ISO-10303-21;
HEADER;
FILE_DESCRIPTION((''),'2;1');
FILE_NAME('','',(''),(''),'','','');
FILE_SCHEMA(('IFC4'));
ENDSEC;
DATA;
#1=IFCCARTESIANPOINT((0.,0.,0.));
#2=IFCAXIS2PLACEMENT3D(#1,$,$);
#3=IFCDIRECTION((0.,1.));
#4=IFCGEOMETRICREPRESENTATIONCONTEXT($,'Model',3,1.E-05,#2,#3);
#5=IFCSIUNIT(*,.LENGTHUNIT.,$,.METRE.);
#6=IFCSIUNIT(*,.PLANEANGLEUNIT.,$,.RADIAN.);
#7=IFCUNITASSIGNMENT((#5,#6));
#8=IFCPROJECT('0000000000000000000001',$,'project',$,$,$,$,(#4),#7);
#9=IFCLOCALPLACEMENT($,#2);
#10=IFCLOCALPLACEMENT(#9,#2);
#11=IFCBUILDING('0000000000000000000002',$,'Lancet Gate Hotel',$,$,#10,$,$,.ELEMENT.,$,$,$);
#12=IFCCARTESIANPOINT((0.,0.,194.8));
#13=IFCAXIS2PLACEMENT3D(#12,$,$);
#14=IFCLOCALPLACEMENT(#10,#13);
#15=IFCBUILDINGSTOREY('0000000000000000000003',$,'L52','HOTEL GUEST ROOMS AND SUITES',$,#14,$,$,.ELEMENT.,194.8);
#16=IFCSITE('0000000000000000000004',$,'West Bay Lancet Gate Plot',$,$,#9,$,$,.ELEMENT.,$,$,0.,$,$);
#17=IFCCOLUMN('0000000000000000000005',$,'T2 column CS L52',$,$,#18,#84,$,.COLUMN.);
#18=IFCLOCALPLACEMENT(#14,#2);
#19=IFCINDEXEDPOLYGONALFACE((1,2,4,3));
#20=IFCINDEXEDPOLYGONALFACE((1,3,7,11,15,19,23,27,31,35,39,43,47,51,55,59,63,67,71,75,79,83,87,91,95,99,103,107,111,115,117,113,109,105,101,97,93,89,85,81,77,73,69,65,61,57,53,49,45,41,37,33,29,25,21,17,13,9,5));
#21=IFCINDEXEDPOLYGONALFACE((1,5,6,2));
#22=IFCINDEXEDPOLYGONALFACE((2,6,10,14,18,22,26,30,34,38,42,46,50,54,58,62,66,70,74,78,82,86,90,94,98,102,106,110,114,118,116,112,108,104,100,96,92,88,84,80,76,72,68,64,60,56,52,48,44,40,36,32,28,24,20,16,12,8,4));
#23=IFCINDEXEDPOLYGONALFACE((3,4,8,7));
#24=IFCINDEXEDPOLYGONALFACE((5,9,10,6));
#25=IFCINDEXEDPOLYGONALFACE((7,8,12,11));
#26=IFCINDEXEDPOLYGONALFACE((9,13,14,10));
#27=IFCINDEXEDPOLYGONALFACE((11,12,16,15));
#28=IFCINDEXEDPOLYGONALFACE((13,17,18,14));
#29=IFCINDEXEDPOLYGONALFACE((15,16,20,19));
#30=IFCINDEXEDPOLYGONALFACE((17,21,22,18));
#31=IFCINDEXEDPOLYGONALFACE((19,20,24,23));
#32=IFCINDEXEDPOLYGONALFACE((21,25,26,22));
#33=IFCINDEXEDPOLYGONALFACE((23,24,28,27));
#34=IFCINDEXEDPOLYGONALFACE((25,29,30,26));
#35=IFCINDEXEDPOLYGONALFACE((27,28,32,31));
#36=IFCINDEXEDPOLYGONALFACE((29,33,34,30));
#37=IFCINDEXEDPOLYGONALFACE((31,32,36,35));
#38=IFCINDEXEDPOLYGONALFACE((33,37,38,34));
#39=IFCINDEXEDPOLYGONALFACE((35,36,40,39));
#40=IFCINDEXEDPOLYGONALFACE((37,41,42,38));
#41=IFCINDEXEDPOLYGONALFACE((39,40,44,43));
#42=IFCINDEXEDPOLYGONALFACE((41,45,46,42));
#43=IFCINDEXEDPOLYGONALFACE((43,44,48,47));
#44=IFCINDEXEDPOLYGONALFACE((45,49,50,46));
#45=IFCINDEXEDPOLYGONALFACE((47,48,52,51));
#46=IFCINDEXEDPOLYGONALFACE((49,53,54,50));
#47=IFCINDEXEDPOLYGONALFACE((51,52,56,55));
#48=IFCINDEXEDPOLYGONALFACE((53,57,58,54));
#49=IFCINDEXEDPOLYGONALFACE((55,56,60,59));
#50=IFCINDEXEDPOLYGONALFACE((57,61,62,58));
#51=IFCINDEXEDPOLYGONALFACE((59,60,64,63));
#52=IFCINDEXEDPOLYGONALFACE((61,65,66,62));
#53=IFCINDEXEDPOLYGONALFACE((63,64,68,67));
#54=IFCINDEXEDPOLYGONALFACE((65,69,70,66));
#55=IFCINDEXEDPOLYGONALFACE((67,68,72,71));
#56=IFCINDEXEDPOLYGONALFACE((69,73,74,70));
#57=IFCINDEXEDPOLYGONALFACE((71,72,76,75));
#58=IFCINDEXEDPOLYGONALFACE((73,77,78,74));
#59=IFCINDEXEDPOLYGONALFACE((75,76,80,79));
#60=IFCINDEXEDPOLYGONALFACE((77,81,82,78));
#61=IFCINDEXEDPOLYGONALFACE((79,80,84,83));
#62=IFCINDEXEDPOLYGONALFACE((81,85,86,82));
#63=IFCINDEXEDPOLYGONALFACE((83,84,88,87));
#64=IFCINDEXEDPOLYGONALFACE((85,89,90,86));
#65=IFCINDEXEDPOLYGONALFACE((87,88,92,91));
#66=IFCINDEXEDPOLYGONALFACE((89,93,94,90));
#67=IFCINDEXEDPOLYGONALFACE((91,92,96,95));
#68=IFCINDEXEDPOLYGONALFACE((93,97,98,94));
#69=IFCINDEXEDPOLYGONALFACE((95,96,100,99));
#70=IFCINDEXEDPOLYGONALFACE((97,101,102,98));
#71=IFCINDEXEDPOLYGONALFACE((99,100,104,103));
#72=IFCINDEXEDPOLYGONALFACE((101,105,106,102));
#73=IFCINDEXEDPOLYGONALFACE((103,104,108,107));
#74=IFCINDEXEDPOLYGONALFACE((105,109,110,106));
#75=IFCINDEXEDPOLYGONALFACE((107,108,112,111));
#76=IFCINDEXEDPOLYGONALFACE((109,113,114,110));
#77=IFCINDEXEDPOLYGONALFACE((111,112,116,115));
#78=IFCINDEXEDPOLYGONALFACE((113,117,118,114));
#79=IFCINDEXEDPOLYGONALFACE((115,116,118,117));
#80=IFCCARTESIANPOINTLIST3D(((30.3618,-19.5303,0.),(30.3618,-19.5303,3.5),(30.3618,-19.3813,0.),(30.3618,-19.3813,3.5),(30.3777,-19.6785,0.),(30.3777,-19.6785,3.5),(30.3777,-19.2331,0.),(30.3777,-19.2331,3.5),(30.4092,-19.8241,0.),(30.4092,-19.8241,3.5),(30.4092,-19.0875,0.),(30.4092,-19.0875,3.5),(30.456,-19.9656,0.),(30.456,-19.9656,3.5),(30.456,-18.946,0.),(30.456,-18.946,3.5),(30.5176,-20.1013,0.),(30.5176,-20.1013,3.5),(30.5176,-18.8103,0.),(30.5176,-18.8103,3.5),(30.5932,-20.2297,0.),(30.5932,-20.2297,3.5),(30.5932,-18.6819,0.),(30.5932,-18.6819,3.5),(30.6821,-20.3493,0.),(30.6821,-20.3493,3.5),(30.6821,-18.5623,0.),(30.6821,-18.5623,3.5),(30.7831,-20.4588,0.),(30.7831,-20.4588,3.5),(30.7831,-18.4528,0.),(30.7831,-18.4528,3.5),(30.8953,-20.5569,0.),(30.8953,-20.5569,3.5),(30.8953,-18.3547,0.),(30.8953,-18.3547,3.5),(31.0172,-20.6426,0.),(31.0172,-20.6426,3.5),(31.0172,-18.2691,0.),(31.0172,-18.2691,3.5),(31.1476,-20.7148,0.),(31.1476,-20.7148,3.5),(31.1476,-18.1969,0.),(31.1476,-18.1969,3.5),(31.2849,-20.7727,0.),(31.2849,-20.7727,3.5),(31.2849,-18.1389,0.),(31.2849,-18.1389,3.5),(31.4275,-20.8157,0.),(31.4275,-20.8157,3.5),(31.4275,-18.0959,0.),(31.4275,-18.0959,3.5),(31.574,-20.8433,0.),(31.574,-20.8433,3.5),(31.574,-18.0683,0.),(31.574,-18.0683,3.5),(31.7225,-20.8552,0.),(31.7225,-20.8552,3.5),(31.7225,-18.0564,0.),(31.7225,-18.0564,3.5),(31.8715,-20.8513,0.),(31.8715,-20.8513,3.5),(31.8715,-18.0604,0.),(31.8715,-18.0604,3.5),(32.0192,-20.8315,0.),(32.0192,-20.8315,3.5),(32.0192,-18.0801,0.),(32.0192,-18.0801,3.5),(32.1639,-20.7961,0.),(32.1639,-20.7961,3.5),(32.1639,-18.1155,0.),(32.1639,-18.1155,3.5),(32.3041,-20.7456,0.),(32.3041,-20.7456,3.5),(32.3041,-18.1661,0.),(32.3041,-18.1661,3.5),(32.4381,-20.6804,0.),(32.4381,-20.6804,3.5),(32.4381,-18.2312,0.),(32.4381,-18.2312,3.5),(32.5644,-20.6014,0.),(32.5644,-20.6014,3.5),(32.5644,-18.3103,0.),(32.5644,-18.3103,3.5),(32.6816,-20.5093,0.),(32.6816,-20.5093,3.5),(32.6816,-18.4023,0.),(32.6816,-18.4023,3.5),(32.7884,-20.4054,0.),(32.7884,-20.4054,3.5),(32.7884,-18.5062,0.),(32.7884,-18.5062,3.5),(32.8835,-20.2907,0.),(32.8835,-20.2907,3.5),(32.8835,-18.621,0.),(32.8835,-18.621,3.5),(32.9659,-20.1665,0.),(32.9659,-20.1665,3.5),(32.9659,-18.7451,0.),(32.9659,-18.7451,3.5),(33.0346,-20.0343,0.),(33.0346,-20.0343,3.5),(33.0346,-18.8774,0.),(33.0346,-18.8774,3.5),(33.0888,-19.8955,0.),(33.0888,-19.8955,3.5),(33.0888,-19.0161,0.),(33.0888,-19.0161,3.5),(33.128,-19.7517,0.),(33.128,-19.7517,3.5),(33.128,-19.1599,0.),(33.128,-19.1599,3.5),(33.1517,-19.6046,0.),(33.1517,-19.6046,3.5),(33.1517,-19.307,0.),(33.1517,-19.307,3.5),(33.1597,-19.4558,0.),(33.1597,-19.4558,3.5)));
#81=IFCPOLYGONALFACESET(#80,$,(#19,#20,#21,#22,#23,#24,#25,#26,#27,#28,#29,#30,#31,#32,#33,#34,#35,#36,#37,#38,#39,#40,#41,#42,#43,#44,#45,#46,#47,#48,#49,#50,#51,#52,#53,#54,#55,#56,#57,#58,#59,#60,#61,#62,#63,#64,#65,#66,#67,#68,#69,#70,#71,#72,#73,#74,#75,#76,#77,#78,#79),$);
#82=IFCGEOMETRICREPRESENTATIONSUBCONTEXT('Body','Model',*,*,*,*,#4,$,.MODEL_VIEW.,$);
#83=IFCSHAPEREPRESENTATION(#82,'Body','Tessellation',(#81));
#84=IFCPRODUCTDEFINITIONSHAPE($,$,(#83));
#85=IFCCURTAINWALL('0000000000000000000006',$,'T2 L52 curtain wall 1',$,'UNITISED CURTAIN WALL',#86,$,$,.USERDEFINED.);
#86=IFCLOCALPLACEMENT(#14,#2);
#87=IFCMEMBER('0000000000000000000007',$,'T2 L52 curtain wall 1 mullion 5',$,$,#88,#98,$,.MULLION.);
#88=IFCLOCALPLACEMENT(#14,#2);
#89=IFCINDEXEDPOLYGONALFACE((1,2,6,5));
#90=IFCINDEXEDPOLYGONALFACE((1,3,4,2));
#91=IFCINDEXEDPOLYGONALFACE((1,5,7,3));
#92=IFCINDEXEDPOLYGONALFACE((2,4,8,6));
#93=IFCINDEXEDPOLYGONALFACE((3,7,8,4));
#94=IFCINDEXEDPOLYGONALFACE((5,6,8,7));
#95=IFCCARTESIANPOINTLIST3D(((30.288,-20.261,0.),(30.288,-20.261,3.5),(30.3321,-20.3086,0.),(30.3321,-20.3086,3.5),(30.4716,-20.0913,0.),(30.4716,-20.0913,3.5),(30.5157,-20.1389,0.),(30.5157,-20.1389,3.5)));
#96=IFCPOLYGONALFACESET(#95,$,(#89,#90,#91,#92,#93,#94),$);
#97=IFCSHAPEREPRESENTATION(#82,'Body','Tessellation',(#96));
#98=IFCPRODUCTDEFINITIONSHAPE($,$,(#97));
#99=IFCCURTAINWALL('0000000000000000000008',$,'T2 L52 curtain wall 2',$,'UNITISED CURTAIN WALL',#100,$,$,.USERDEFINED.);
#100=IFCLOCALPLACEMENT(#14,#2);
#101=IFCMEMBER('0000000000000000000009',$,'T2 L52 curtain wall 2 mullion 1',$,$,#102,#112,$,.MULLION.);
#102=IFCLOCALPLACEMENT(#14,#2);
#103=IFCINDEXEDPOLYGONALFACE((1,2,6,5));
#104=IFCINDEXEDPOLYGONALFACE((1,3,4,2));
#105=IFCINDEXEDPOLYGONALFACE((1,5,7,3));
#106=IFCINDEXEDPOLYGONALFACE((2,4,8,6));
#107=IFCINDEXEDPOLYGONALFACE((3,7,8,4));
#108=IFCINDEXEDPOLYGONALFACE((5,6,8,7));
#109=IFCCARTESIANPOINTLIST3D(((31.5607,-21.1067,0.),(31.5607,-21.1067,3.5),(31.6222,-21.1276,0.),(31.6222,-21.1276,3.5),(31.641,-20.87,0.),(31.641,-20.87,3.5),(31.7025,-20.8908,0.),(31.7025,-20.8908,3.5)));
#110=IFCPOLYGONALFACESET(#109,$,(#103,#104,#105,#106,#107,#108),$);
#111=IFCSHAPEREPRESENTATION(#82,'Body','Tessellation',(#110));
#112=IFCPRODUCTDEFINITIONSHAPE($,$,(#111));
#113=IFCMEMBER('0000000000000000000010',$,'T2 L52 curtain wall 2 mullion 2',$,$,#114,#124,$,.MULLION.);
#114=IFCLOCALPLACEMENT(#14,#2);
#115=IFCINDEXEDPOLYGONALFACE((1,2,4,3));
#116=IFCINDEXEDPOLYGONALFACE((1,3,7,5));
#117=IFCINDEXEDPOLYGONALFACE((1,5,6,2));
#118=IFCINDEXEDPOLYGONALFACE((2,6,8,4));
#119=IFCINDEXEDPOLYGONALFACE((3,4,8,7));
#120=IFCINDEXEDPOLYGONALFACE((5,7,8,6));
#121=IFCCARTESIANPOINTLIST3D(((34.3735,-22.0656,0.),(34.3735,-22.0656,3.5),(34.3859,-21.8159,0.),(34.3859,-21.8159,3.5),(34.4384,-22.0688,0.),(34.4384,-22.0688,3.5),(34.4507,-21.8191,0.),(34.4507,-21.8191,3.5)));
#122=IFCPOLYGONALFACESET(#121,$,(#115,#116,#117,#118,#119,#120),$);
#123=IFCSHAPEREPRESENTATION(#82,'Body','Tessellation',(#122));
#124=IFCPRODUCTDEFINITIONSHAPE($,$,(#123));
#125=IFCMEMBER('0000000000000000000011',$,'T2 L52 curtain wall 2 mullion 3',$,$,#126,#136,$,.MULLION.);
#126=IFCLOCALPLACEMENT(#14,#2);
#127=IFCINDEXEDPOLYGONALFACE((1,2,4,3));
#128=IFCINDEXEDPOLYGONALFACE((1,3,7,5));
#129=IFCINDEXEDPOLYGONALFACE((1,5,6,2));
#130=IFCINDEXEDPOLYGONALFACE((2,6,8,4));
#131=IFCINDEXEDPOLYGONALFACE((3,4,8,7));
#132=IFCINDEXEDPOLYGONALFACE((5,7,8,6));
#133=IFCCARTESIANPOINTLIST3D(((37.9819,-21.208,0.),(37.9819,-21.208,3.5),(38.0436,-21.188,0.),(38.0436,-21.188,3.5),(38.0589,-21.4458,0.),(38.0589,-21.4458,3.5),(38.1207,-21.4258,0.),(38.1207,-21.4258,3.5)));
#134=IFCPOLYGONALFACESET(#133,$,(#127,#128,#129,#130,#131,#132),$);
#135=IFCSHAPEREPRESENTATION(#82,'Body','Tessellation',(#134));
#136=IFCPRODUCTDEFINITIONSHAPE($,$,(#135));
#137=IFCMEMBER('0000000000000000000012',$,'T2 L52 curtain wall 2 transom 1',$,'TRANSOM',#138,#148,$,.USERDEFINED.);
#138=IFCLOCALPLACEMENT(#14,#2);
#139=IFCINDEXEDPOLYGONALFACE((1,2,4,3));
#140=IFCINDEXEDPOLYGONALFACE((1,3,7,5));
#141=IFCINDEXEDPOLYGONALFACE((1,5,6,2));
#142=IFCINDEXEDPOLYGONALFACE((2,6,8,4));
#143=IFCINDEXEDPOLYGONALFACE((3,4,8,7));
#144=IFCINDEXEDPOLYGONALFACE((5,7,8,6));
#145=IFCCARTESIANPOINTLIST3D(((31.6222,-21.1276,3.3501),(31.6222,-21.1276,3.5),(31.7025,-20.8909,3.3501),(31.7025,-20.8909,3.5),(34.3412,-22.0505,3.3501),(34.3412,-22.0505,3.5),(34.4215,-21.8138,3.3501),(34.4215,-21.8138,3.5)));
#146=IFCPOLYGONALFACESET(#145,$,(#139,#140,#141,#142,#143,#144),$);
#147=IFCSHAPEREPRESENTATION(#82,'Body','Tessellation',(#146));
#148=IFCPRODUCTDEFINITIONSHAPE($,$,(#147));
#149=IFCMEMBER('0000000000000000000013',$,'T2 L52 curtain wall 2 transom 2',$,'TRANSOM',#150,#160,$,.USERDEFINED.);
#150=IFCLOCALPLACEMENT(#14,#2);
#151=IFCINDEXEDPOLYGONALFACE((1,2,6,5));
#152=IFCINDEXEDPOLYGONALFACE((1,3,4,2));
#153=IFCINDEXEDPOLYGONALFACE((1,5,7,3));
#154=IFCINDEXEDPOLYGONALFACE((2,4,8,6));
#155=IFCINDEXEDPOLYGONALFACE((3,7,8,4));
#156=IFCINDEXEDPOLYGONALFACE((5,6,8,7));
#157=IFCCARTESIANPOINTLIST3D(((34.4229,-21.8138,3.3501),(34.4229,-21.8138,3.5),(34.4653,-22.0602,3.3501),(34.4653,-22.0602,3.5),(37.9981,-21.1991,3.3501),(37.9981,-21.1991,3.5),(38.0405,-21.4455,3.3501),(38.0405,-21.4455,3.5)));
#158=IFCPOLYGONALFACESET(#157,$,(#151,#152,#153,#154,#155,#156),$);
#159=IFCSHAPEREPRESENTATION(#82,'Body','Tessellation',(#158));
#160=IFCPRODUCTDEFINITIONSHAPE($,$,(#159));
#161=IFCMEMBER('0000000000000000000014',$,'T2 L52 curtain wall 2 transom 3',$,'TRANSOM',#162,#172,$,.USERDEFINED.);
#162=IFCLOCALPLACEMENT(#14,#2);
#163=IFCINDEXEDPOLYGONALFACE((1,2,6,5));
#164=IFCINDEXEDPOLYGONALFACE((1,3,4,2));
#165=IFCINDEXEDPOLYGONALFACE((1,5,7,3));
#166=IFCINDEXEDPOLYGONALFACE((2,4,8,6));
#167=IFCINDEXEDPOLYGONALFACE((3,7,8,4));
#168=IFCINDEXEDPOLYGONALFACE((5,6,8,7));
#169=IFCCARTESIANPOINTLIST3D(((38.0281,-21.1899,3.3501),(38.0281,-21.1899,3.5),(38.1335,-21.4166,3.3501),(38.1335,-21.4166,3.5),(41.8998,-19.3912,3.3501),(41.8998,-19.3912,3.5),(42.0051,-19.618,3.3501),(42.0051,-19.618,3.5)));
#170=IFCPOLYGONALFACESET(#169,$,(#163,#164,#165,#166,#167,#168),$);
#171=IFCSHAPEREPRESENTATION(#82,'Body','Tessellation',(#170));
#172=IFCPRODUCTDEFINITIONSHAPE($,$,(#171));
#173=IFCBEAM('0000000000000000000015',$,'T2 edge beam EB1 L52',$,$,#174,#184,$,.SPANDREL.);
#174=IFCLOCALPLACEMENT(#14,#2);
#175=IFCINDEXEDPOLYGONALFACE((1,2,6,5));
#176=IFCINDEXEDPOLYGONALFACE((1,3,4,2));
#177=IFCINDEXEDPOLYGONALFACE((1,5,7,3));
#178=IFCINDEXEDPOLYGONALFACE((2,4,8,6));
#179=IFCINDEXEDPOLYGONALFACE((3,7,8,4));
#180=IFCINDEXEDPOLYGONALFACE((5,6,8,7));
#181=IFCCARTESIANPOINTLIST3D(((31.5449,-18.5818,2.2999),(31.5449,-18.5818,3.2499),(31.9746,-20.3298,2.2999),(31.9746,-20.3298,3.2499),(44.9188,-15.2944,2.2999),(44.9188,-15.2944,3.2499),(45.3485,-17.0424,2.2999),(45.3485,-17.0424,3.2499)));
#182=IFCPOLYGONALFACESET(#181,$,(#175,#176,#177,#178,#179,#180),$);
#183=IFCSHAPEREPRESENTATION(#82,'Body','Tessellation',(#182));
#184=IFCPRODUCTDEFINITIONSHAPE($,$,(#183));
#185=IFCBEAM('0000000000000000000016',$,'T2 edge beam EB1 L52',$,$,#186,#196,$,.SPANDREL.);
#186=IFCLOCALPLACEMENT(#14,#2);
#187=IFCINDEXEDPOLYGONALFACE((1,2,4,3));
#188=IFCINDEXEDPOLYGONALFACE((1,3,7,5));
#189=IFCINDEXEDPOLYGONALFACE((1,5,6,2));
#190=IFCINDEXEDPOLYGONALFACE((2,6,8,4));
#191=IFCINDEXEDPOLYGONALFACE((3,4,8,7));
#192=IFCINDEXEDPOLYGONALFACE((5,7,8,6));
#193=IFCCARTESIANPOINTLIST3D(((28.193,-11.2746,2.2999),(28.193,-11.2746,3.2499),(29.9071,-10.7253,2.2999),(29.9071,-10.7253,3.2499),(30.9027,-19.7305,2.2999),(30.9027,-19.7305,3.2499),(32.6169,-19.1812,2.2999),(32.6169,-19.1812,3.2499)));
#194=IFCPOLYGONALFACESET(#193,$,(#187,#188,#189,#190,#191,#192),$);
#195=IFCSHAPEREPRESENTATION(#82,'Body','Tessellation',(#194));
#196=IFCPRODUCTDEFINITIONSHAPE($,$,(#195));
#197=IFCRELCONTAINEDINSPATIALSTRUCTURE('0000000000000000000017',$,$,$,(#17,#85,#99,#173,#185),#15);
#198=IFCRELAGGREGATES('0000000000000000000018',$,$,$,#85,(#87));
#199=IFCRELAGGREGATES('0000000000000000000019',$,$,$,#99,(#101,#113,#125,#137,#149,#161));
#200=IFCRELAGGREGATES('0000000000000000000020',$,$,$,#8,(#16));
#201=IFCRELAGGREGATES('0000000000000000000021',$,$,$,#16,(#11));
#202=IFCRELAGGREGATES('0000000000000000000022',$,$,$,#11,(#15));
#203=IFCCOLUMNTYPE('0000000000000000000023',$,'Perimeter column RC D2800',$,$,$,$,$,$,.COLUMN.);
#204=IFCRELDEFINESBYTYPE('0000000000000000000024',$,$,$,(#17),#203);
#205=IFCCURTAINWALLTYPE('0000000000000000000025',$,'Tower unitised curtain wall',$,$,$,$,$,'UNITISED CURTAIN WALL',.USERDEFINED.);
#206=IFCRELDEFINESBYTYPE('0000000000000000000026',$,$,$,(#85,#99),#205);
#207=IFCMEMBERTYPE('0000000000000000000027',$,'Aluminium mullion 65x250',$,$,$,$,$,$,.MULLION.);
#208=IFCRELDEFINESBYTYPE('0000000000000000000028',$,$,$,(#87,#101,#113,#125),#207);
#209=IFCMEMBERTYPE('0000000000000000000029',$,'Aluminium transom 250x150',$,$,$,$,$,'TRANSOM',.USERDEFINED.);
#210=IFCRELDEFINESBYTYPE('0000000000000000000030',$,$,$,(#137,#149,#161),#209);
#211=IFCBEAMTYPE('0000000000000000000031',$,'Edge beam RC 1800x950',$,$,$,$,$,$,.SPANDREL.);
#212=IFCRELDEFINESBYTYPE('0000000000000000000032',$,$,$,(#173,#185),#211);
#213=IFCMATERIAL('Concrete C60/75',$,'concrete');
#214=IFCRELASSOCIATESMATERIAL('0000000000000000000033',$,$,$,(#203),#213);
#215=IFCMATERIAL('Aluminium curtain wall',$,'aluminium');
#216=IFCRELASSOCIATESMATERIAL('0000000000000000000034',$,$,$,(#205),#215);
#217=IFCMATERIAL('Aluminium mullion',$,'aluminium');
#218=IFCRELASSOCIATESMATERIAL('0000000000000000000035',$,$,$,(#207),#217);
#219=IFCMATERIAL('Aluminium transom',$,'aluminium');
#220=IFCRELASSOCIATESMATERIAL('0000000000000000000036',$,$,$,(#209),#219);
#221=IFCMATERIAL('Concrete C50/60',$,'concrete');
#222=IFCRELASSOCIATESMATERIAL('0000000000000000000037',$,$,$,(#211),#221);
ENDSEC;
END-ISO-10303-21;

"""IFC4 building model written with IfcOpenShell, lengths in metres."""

from ifc_helpers import new_model, si_unit, direction, frame, origin, origin_2d, place, context, subcontext, project, spatial, rectangle, circle, extrude, material, material_profile, profile_set, type_object, element, aggregate, save


model = new_model("IFC4")

# Units and contexts
model_context = context("Model", 3, precision=1e-05, world=origin(), true_north=direction((0.0, 1.0)))
body_context = subcontext(model_context, "Body", "Model", "MODEL_VIEW")
ifc_project = project(units=[si_unit("LENGTHUNIT", "METRE"), si_unit("PLANEANGLEUNIT", "RADIAN")], contexts=[model_context])

# Site, building, storey
site_placement = place(None, origin())
site = spatial("IfcSite", under=ifc_project, at=site_placement, Name="West Bay Lancet Gate Plot", CompositionType="ELEMENT", RefElevation=0.0)
building_placement = place(site_placement, origin())
building = spatial("IfcBuilding", under=site, at=building_placement, Name="Lancet Gate Hotel", CompositionType="ELEMENT")
storey_placement = place(building_placement, frame((0.0, 0.0, 194.8)))
storey = spatial("IfcBuildingStorey", under=building, at=storey_placement, Name="L52", Description="HOTEL GUEST ROOMS AND SUITES", CompositionType="ELEMENT", Elevation=194.8)

# Column
ifc_material_1 = material(Name="Concrete C60/75", Category="concrete")
ifc_material_profile_1 = material_profile(ifc_material_1, circle(Radius=1.3999, at=origin_2d()), Name="RC D2800")
ifc_profile_set_1 = profile_set([ifc_material_profile_1], Name="Concrete C60/75")
column_type = type_object("IfcColumnType", Name="Perimeter column RC D2800", PredefinedType="COLUMN", material=ifc_profile_set_1)
column_placement = place(storey_placement, frame((31.7598, -19.4558, 0.0), z_axis=(0.0, 0.0, 1.0), x_axis=(1.0, 0.0, 0.0)))
element("IfcColumn", 1, at=column_placement, inside=storey, type_object=column_type, Name="T2 column CS L52", PredefinedType="COLUMN", context=body_context, shape_type="SweptSolid", body=[
    extrude(circle(Radius=1.3999, at=origin_2d()), origin(), (0.0, 0.0, 1.0), 3.5),
])

# Curtain wall, member
ifc_material_2 = material(Name="Aluminium curtain wall", Category="aluminium")
curtain_wall_type = type_object("IfcCurtainWallType", Name="Tower unitised curtain wall", ElementType="UNITISED CURTAIN WALL", PredefinedType="USERDEFINED", material=ifc_material_2)
curtain_wall_1_placement = place(storey_placement, origin())
curtain_wall_1 = element("IfcCurtainWall", 2, at=curtain_wall_1_placement, inside=storey, type_object=curtain_wall_type, Name="T2 L52 curtain wall 1", ObjectType="UNITISED CURTAIN WALL", PredefinedType="USERDEFINED")
ifc_material_3 = material(Name="Aluminium mullion", Category="aluminium")
ifc_material_profile_2 = material_profile(ifc_material_3, rectangle(XDim=0.0649, YDim=0.25, at=origin_2d()), Name="MULLION 65x250")
ifc_profile_set_2 = profile_set([ifc_material_profile_2], Name="Aluminium mullion")
member_type_1 = type_object("IfcMemberType", Name="Aluminium mullion 65x250", PredefinedType="MULLION", material=ifc_profile_set_2)
member_1_placement = place(storey_placement, frame((30.4019, -20.2, 0.0), z_axis=(0.0, 0.0, 1.0), x_axis=(0.678831, -0.734294, 0.0)))
member_1 = element("IfcMember", 3, at=member_1_placement, type_object=member_type_1, Name="T2 L52 curtain wall 1 mullion 5", PredefinedType="MULLION", context=body_context, shape_type="SweptSolid", body=[
    extrude(rectangle(XDim=0.0649, YDim=0.25, at=origin_2d()), origin(), (0.0, 0.0, 1.0), 3.5),
])
aggregate(curtain_wall_1, [member_1])

# Curtain wall, members
curtain_wall_2_placement = place(storey_placement, origin())
curtain_wall_2 = element("IfcCurtainWall", 4, at=curtain_wall_2_placement, inside=storey, type_object=curtain_wall_type, Name="T2 L52 curtain wall 2", ObjectType="UNITISED CURTAIN WALL", PredefinedType="USERDEFINED")
member_2_placement = place(storey_placement, frame((31.6316, -20.9988, 0.0), z_axis=(0.0, 0.0, 1.0), x_axis=(0.946952, -0.321374, 0.0)))
member_2 = element("IfcMember", 5, at=member_2_placement, type_object=member_type_1, Name="T2 L52 curtain wall 2 mullion 1", PredefinedType="MULLION", context=body_context, shape_type="SweptSolid", body=[
    extrude(rectangle(XDim=0.0649, YDim=0.25, at=origin_2d()), origin(), (0.0, 0.0, 1.0), 3.5),
])
member_3_placement = place(storey_placement, frame((34.4121, -21.9424, 0.0), z_axis=(0.0, 0.0, 1.0), x_axis=(0.998776, -0.049471, 0.0)))
member_3 = element("IfcMember", 6, at=member_3_placement, type_object=member_type_1, Name="T2 L52 curtain wall 2 mullion 2", PredefinedType="MULLION", context=body_context, shape_type="SweptSolid", body=[
    extrude(rectangle(XDim=0.0649, YDim=0.25, at=origin_2d()), origin(), (0.0, 0.0, 1.0), 3.5),
])
member_4_placement = place(storey_placement, frame((38.0513, -21.3169, 0.0), z_axis=(0.0, 0.0, 1.0), x_axis=(0.951355, 0.308095, 0.0)))
member_4 = element("IfcMember", 7, at=member_4_placement, type_object=member_type_1, Name="T2 L52 curtain wall 2 mullion 3", PredefinedType="MULLION", context=body_context, shape_type="SweptSolid", body=[
    extrude(rectangle(XDim=0.0649, YDim=0.25, at=origin_2d()), origin(), (0.0, 0.0, 1.0), 3.5),
])
ifc_material_4 = material(Name="Aluminium transom", Category="aluminium")
ifc_material_profile_3 = material_profile(ifc_material_4, rectangle(XDim=0.25, YDim=0.1499, at=origin_2d()), Name="TRANSOM 250x150")
ifc_profile_set_3 = profile_set([ifc_material_profile_3], Name="Aluminium transom")
member_type_2 = type_object("IfcMemberType", Name="Aluminium transom 250x150", ElementType="TRANSOM", PredefinedType="USERDEFINED", material=ifc_profile_set_3)
member_5_placement = place(storey_placement, frame((31.6624, -21.0093, 3.425), z_axis=(0.946943, -0.321401, 0.0), x_axis=(0.321401, 0.946943, 0.0)))
member_5 = element("IfcMember", 8, at=member_5_placement, type_object=member_type_2, Name="T2 L52 curtain wall 2 transom 1", ObjectType="TRANSOM", PredefinedType="USERDEFINED", context=body_context, shape_type="SweptSolid", body=[
    extrude(rectangle(XDim=0.25, YDim=0.1499, at=origin_2d()), origin(), (0.0, 0.0, 1.0), 2.8713),
])
member_6_placement = place(storey_placement, frame((34.4441, -21.937, 3.425), z_axis=(0.985537, 0.169461, 0.0), x_axis=(-0.169461, 0.985537, 0.0)))
member_6 = element("IfcMember", 9, at=member_6_placement, type_object=member_type_2, Name="T2 L52 curtain wall 2 transom 2", ObjectType="TRANSOM", PredefinedType="USERDEFINED", context=body_context, shape_type="SweptSolid", body=[
    extrude(rectangle(XDim=0.25, YDim=0.1499, at=origin_2d()), origin(), (0.0, 0.0, 1.0), 3.6277),
])
member_7_placement = place(storey_placement, frame((38.0808, -21.3032, 3.425), z_axis=(0.906914, 0.421316, 0.0), x_axis=(-0.421316, 0.906914, 0.0)))
member_7 = element("IfcMember", 10, at=member_7_placement, type_object=member_type_2, Name="T2 L52 curtain wall 2 transom 3", ObjectType="TRANSOM", PredefinedType="USERDEFINED", context=body_context, shape_type="SweptSolid", body=[
    extrude(rectangle(XDim=0.25, YDim=0.1499, at=origin_2d()), origin(), (0.0, 0.0, 1.0), 4.269),
])

# Beams
ifc_material_5 = material(Name="Concrete C50/60", Category="concrete")
ifc_material_profile_4 = material_profile(ifc_material_5, rectangle(XDim=1.8, YDim=0.95, at=origin_2d()), Name="RC 1800x950")
ifc_profile_set_4 = profile_set([ifc_material_profile_4], Name="Concrete C50/60")
beam_type_1 = type_object("IfcBeamType", Name="Edge beam RC 1800x950", PredefinedType="SPANDREL", material=ifc_profile_set_4)
beam_1_placement = place(storey_placement, frame((31.7598, -19.4558, 2.7749), z_axis=(0.971093, 0.2387, 0.0), x_axis=(-0.2387, 0.971093, 0.0)))
element("IfcBeam", 11, at=beam_1_placement, inside=storey, type_object=beam_type_1, Name="T2 edge beam EB1 L52", PredefinedType="SPANDREL", context=body_context, shape_type="SweptSolid", body=[
    extrude(rectangle(XDim=1.8, YDim=0.95, at=origin_2d()), origin(), (0.0, 0.0, 1.0), 13.772),
])
beam_2_placement = place(storey_placement, frame((31.7598, -19.4558, 2.7749), z_axis=(-0.30517, 0.952298, 0.0), x_axis=(-0.952298, -0.30517, 0.0)))
element("IfcBeam", 12, at=beam_2_placement, inside=storey, type_object=beam_type_1, Name="T2 edge beam EB1 L52", PredefinedType="SPANDREL", context=body_context, shape_type="SweptSolid", body=[
    extrude(rectangle(XDim=1.8, YDim=0.95, at=origin_2d()), origin(), (0.0, 0.0, 1.0), 8.8794),
])

aggregate(curtain_wall_2, [member_2, member_3, member_4, member_5, member_6, member_7])

save(model, "model.ifc")
